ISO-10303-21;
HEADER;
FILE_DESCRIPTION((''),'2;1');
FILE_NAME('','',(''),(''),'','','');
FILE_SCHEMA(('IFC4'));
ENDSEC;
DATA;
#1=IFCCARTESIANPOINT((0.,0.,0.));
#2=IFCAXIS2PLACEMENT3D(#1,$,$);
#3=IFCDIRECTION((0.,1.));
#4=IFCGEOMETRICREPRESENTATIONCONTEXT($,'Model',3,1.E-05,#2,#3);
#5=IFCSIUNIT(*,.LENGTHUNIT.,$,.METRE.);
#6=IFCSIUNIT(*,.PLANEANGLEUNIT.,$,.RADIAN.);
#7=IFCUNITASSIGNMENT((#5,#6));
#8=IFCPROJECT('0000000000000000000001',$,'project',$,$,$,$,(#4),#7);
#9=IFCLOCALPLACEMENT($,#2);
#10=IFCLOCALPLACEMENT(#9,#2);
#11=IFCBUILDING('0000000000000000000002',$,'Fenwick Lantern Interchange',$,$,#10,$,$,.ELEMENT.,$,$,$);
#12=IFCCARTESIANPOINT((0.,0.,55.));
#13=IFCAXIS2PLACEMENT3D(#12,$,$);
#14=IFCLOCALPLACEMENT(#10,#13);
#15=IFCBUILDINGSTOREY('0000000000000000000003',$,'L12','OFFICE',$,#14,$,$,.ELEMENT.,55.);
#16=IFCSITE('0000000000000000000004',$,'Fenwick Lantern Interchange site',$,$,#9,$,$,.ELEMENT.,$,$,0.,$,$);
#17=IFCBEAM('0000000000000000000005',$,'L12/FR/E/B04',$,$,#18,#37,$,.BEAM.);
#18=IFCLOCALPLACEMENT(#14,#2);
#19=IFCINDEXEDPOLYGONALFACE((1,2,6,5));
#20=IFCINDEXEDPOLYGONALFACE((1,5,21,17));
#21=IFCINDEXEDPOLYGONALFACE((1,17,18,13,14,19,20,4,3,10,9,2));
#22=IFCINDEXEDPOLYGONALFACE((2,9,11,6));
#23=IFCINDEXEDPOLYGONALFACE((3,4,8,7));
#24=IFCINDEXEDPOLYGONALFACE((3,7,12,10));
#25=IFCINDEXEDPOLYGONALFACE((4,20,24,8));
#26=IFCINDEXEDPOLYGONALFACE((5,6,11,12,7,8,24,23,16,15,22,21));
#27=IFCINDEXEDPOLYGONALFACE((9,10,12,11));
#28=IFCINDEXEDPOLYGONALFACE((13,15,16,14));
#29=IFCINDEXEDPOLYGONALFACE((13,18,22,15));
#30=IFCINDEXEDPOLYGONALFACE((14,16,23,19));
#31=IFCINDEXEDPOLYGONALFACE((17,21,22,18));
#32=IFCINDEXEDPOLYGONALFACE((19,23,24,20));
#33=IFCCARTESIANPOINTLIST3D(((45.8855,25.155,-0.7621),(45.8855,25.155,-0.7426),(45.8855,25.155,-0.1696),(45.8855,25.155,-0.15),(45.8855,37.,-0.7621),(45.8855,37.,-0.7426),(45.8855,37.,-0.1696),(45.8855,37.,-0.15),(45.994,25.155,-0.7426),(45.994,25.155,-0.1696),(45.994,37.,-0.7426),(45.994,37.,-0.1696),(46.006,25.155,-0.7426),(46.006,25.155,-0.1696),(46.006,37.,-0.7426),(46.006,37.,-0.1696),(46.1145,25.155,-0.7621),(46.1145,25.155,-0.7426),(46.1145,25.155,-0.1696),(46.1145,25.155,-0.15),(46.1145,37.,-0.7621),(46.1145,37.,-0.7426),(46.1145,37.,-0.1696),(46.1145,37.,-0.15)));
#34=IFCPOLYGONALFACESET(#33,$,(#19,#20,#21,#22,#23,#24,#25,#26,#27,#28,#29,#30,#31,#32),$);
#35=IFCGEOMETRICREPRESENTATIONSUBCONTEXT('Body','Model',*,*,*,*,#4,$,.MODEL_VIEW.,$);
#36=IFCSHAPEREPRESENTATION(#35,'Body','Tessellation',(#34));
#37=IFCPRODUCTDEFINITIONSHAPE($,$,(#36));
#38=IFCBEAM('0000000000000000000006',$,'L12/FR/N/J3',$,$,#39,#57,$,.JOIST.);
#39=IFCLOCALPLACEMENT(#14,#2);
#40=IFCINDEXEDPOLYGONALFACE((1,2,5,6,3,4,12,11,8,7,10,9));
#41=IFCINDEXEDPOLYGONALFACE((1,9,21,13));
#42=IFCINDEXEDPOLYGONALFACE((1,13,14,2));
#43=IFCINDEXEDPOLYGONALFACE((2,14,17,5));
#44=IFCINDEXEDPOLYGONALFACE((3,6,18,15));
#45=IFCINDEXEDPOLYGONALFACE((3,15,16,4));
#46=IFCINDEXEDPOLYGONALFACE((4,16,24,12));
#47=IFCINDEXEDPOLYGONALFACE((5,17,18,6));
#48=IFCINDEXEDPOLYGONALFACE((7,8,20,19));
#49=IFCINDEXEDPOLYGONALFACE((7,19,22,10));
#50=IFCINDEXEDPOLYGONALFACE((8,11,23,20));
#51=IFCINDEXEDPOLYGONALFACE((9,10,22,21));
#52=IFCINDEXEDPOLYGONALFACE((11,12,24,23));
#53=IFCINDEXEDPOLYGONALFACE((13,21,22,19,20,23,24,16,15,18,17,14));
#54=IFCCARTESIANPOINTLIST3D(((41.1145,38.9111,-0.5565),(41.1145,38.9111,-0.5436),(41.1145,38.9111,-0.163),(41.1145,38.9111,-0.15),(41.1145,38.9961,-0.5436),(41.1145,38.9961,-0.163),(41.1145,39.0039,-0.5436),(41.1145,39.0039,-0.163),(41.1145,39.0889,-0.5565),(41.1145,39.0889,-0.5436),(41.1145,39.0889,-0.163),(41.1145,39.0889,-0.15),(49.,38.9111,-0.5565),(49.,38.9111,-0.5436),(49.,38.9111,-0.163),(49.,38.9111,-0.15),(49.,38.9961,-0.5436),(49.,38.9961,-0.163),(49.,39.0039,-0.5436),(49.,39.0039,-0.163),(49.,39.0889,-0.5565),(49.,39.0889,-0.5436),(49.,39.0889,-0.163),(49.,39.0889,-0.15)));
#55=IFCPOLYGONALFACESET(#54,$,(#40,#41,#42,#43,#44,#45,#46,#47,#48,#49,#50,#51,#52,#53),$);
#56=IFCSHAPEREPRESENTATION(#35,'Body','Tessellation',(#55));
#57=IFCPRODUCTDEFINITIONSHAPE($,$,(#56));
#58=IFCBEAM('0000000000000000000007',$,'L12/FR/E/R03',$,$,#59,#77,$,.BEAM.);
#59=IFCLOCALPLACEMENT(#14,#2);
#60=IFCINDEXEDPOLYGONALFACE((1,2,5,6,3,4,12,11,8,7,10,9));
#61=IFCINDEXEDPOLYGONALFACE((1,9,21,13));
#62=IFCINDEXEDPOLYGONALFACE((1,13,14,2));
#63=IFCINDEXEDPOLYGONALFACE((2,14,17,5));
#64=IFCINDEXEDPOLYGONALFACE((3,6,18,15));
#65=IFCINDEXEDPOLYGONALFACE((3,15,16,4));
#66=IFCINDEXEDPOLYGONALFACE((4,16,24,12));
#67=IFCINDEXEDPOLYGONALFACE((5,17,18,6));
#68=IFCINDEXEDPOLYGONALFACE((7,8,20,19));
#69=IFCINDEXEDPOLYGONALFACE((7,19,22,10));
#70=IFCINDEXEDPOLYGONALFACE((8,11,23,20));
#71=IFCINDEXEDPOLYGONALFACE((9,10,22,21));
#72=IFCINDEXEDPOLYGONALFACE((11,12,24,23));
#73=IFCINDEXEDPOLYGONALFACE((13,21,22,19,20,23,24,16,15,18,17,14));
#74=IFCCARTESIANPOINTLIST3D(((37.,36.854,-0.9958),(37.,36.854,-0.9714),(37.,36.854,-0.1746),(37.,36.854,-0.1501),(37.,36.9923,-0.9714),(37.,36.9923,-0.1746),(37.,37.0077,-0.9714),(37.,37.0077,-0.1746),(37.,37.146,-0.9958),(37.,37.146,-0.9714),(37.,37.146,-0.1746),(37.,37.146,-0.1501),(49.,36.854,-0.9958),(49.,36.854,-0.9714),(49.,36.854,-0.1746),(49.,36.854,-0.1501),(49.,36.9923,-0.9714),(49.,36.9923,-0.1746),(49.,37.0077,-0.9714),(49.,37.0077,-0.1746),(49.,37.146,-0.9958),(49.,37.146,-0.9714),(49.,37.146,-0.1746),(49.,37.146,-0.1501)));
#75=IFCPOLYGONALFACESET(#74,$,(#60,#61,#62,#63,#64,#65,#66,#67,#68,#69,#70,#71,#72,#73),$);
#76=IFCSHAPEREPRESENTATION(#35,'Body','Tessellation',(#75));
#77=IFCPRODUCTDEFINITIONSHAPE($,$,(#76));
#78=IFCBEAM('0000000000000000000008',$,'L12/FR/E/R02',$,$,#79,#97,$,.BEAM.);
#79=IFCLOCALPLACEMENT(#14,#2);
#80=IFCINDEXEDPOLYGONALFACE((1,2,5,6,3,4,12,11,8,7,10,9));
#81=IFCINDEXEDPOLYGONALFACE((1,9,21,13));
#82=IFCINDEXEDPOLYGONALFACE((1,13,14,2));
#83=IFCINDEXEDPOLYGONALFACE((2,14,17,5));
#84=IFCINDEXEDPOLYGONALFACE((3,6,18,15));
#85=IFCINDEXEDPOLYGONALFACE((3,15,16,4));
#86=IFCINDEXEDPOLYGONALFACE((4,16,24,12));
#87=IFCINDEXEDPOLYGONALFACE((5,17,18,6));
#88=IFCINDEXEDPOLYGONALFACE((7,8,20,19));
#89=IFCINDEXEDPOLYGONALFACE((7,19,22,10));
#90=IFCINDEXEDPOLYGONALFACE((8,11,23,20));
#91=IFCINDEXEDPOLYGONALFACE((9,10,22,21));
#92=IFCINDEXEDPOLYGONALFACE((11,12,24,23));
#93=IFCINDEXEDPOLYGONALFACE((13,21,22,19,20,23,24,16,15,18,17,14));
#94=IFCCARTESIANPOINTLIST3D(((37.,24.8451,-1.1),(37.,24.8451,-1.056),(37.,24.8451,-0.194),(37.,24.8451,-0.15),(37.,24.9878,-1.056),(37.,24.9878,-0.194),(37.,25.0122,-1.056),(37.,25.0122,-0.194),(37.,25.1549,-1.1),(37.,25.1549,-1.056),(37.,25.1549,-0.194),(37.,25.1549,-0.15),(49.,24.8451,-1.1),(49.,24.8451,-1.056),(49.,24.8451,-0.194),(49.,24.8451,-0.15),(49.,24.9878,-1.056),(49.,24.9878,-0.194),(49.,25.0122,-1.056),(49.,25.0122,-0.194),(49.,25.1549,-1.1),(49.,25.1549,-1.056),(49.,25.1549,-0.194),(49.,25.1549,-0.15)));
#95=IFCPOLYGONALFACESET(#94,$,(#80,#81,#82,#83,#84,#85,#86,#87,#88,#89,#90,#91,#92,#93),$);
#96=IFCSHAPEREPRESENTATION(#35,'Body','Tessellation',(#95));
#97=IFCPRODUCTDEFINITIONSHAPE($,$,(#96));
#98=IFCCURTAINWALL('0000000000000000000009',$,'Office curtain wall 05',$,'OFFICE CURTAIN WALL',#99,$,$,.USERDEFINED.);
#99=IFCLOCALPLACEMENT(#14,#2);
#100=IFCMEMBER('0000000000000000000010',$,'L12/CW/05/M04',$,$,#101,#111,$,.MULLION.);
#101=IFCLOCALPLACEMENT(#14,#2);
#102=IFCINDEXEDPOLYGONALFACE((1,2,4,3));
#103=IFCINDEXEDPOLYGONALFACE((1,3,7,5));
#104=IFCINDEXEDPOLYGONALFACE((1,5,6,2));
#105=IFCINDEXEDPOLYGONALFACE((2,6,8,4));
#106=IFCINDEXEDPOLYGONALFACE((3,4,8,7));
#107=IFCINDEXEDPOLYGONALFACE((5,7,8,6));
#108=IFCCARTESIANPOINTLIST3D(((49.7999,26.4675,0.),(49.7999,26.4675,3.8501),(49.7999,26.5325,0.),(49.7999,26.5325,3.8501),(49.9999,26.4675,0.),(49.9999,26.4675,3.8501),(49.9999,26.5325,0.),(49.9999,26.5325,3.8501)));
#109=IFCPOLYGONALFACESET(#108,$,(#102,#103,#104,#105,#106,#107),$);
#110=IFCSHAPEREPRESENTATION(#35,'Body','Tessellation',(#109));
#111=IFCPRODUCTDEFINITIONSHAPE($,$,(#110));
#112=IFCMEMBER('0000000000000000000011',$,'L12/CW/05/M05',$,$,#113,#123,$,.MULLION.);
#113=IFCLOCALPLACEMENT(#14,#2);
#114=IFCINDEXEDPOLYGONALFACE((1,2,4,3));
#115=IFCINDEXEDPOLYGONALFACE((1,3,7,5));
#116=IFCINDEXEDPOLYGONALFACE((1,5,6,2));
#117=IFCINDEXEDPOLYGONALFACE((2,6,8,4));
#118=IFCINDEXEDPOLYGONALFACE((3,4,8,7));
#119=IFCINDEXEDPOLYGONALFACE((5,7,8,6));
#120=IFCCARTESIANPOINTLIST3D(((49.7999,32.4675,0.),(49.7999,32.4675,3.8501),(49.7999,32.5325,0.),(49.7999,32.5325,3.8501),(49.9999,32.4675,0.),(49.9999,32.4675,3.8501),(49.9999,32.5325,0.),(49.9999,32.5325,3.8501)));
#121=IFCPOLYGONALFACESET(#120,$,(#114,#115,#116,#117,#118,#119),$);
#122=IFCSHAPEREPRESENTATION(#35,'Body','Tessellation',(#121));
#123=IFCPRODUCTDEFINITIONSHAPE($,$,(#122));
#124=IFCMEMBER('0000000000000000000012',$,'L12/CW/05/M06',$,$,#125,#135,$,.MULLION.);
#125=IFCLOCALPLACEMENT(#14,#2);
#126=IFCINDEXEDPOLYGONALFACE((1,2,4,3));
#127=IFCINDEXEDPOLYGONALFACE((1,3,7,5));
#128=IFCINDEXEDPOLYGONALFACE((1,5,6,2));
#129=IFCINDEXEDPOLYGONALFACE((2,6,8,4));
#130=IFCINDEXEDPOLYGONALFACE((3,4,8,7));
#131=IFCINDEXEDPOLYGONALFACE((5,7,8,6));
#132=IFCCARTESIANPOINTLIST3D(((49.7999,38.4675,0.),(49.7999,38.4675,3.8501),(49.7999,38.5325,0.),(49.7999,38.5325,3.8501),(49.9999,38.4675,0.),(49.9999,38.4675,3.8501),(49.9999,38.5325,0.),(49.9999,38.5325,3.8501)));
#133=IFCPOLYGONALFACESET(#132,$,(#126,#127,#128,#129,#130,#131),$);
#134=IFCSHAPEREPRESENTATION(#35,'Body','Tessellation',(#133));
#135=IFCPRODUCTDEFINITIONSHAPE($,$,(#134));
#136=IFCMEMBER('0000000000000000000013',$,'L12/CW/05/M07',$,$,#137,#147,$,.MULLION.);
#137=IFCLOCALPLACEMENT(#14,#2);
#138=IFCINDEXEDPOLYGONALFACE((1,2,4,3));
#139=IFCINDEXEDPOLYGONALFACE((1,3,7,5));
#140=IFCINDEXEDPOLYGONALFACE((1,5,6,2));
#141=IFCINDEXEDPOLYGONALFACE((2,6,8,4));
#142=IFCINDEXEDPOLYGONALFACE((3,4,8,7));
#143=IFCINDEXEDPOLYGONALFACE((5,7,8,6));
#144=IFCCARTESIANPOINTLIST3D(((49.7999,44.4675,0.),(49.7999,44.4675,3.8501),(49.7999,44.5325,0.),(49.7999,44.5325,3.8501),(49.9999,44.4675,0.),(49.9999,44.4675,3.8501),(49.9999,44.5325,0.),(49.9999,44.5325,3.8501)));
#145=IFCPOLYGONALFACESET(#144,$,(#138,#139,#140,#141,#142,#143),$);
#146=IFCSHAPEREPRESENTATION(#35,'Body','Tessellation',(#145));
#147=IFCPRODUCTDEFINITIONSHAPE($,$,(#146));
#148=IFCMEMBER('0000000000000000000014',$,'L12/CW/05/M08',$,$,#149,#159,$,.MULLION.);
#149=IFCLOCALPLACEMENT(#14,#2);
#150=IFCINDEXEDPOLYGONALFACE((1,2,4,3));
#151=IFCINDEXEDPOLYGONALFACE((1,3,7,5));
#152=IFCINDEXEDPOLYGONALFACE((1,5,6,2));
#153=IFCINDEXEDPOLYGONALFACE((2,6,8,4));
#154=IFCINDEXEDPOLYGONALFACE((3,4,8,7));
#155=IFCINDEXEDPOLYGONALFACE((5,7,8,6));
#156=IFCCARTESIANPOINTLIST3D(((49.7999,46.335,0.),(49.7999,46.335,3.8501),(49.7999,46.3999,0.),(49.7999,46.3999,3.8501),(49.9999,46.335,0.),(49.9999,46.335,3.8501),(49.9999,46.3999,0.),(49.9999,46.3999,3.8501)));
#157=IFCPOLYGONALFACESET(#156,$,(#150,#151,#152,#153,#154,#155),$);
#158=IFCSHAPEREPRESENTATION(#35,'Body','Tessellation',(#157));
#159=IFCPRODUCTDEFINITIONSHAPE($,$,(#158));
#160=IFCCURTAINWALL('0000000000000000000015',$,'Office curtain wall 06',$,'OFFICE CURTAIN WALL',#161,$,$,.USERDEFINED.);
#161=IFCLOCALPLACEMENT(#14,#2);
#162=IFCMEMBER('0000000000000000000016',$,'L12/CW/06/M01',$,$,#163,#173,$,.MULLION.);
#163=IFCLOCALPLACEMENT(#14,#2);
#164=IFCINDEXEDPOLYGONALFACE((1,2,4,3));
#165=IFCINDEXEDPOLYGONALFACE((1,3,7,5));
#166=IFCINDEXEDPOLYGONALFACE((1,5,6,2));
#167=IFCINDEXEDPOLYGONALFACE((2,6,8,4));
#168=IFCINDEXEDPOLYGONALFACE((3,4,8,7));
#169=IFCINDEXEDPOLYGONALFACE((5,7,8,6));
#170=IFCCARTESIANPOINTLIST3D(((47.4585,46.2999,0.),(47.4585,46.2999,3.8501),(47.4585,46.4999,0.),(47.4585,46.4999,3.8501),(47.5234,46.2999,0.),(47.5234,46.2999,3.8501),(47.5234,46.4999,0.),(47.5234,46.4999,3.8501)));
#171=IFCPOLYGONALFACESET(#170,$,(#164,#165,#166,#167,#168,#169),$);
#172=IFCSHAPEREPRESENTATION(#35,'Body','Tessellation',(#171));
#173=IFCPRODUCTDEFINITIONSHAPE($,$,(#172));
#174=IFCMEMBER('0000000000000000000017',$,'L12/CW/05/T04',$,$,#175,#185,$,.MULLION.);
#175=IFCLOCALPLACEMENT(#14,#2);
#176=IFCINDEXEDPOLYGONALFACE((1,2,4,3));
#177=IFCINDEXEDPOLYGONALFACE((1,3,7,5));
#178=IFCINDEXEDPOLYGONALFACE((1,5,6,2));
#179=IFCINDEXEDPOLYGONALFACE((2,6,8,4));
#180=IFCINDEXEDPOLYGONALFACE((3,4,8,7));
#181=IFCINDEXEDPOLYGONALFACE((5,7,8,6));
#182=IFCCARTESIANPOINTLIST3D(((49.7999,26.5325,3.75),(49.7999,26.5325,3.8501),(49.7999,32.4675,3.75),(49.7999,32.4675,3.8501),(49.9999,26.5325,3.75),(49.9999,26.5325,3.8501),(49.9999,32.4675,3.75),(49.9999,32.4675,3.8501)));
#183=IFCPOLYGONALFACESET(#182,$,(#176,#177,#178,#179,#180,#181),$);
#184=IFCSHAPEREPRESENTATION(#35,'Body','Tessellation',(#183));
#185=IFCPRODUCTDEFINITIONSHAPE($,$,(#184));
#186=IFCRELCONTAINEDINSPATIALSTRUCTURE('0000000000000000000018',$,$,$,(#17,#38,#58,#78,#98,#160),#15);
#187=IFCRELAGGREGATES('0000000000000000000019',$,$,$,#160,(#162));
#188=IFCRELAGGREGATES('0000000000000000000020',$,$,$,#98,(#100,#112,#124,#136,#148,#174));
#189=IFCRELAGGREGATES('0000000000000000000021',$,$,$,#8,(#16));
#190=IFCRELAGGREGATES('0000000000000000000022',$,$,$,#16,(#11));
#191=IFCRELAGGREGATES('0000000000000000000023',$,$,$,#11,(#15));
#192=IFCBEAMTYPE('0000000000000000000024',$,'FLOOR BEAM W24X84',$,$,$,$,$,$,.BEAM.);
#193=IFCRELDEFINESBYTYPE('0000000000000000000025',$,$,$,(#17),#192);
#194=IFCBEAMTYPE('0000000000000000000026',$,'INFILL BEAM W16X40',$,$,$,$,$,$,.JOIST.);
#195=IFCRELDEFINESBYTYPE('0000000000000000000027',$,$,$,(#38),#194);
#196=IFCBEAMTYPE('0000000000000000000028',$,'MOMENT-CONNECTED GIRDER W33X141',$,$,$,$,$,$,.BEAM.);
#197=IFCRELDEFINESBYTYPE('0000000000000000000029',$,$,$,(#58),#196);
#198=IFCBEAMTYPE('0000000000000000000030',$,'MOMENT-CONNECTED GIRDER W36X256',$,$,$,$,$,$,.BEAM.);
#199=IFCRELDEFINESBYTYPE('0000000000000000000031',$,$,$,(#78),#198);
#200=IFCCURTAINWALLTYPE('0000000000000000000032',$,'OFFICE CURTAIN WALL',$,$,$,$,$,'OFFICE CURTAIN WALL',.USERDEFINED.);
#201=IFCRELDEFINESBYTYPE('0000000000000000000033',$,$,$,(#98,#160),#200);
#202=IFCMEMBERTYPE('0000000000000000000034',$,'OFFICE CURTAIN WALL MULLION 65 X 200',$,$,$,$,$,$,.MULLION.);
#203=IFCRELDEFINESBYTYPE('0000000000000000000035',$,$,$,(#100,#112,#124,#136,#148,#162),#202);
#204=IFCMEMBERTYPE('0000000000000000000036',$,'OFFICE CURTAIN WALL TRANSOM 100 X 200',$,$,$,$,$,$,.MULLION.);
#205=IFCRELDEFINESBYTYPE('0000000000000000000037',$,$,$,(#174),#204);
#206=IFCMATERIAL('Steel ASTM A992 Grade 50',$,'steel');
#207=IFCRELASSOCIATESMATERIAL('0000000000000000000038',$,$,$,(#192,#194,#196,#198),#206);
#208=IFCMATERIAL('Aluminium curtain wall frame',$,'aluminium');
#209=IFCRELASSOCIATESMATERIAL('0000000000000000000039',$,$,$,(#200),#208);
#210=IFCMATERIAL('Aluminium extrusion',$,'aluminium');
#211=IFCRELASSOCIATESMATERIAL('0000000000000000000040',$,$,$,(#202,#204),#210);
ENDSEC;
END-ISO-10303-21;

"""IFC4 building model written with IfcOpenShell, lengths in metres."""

from ifc_helpers import new_model, si_unit, direction, frame, origin, origin_2d, place, context, subcontext, project, spatial, rectangle, i_section, extrude, material, material_profile, profile_set, type_object, element, aggregate, save


model = new_model("IFC4")

# Units and contexts
model_context = context("Model", 3, precision=1e-05, world=origin(), true_north=direction((0.0, 1.0)))
body_context = subcontext(model_context, "Body", "Model", "MODEL_VIEW")
ifc_project = project(units=[si_unit("LENGTHUNIT", "METRE"), si_unit("PLANEANGLEUNIT", "RADIAN")], contexts=[model_context])

# Site, building, storey
site_placement = place(None, origin())
site = spatial("IfcSite", under=ifc_project, at=site_placement, Name="Fenwick Lantern Interchange site", CompositionType="ELEMENT", RefElevation=0.0)
building_placement = place(site_placement, origin())
building = spatial("IfcBuilding", under=site, at=building_placement, Name="Fenwick Lantern Interchange", CompositionType="ELEMENT")
storey_placement = place(building_placement, frame((0.0, 0.0, 55.0)))
storey = spatial("IfcBuildingStorey", under=building, at=storey_placement, Name="L12", Description="OFFICE", CompositionType="ELEMENT", Elevation=55.0)

# Shared definitions
ifc_material_1 = material(Name="Steel ASTM A992 Grade 50", Category="steel")

# Beams
ifc_material_profile_1 = material_profile(ifc_material_1, i_section(OverallWidth=0.229, OverallDepth=0.6121, WebThickness=0.012, FlangeThickness=0.0195, at=origin_2d()), Name="W24X84")
ifc_profile_set_1 = profile_set([ifc_material_profile_1], Name="Steel ASTM A992 Grade 50")
beam_type_1 = type_object("IfcBeamType", Name="FLOOR BEAM W24X84", PredefinedType="BEAM", material=ifc_profile_set_1)
beam_1_placement = place(storey_placement, frame((46.0, 25.155, -0.4561), z_axis=(0.0, 1.0, 0.0), x_axis=(-1.0, 0.0, 0.0)))
element("IfcBeam", 1, at=beam_1_placement, inside=storey, type_object=beam_type_1, Name="L12/FR/E/B04", PredefinedType="BEAM", context=body_context, shape_type="SweptSolid", body=[
    extrude(i_section(OverallWidth=0.229, OverallDepth=0.6121, WebThickness=0.012, FlangeThickness=0.0195, at=origin_2d()), origin(), (0.0, 0.0, 1.0), 11.845),
])
ifc_material_profile_2 = material_profile(ifc_material_1, i_section(OverallWidth=0.1777, OverallDepth=0.4065, WebThickness=0.0078, FlangeThickness=0.0129, at=origin_2d()), Name="W16X40")
ifc_profile_set_2 = profile_set([ifc_material_profile_2], Name="Steel ASTM A992 Grade 50")
beam_type_2 = type_object("IfcBeamType", Name="INFILL BEAM W16X40", PredefinedType="JOIST", material=ifc_profile_set_2)
beam_2_placement = place(storey_placement, frame((49.0, 39.0, -0.3533), z_axis=(-1.0, 0.0, 0.0), x_axis=(0.0, -1.0, 0.0)))
element("IfcBeam", 2, at=beam_2_placement, inside=storey, type_object=beam_type_2, Name="L12/FR/N/J3", PredefinedType="JOIST", context=body_context, shape_type="SweptSolid", body=[
    extrude(i_section(OverallWidth=0.1777, OverallDepth=0.4065, WebThickness=0.0078, FlangeThickness=0.0129, at=origin_2d()), origin(), (0.0, 0.0, 1.0), 7.8855),
])
ifc_material_profile_3 = material_profile(ifc_material_1, i_section(OverallWidth=0.292, OverallDepth=0.8457, WebThickness=0.0154, FlangeThickness=0.0244, at=origin_2d()), Name="W33X141")
ifc_profile_set_3 = profile_set([ifc_material_profile_3], Name="Steel ASTM A992 Grade 50")
beam_type_3 = type_object("IfcBeamType", Name="MOMENT-CONNECTED GIRDER W33X141", PredefinedType="BEAM", material=ifc_profile_set_3)
beam_3_placement = place(storey_placement, frame((49.0, 37.0, -0.573), z_axis=(-1.0, 0.0, 0.0), x_axis=(0.0, -1.0, 0.0)))
element("IfcBeam", 3, at=beam_3_placement, inside=storey, type_object=beam_type_3, Name="L12/FR/E/R03", PredefinedType="BEAM", context=body_context, shape_type="SweptSolid", body=[
    extrude(i_section(OverallWidth=0.292, OverallDepth=0.8457, WebThickness=0.0154, FlangeThickness=0.0244, at=origin_2d()), origin(), (0.0, 0.0, 1.0), 12.0),
])
ifc_material_profile_4 = material_profile(ifc_material_1, i_section(OverallWidth=0.3098, OverallDepth=0.95, WebThickness=0.0244, FlangeThickness=0.0439, at=origin_2d()), Name="W36X256")
ifc_profile_set_4 = profile_set([ifc_material_profile_4], Name="Steel ASTM A992 Grade 50")
beam_type_4 = type_object("IfcBeamType", Name="MOMENT-CONNECTED GIRDER W36X256", PredefinedType="BEAM", material=ifc_profile_set_4)
beam_4_placement = place(storey_placement, frame((49.0, 25.0, -0.625), z_axis=(-1.0, 0.0, 0.0), x_axis=(0.0, -1.0, 0.0)))
element("IfcBeam", 4, at=beam_4_placement, inside=storey, type_object=beam_type_4, Name="L12/FR/E/R02", PredefinedType="BEAM", context=body_context, shape_type="SweptSolid", body=[
    extrude(i_section(OverallWidth=0.3098, OverallDepth=0.95, WebThickness=0.0244, FlangeThickness=0.0439, at=origin_2d()), origin(), (0.0, 0.0, 1.0), 12.0),
])

# Curtain wall, members
ifc_material_2 = material(Name="Aluminium curtain wall frame", Category="aluminium")
curtain_wall_type = type_object("IfcCurtainWallType", Name="OFFICE CURTAIN WALL", ElementType="OFFICE CURTAIN WALL", PredefinedType="USERDEFINED", material=ifc_material_2)
curtain_wall_1_placement = place(storey_placement, origin())
curtain_wall_1 = element("IfcCurtainWall", 5, at=curtain_wall_1_placement, inside=storey, type_object=curtain_wall_type, Name="Office curtain wall 05", ObjectType="OFFICE CURTAIN WALL", PredefinedType="USERDEFINED")
ifc_material_3 = material(Name="Aluminium extrusion", Category="aluminium")
ifc_material_profile_5 = material_profile(ifc_material_3, rectangle(XDim=0.2, YDim=0.0649, at=origin_2d()), Name="OFFICE CURTAIN WALL MULLION 65 X 200")
ifc_profile_set_5 = profile_set([ifc_material_profile_5], Name="Aluminium extrusion")
member_type_1 = type_object("IfcMemberType", Name="OFFICE CURTAIN WALL MULLION 65 X 200", PredefinedType="MULLION", material=ifc_profile_set_5)
member_1_placement = place(storey_placement, frame((49.8999, 26.5, 0.0), z_axis=(0.0, 0.0, 1.0), x_axis=(-1.0, 0.0, 0.0)))
member_1 = element("IfcMember", 6, at=member_1_placement, type_object=member_type_1, Name="L12/CW/05/M04", PredefinedType="MULLION", context=body_context, shape_type="SweptSolid", body=[
    extrude(rectangle(XDim=0.2, YDim=0.0649, at=origin_2d()), origin(), (0.0, 0.0, 1.0), 3.8501),
])
member_2_placement = place(storey_placement, frame((49.8999, 32.5, 0.0), z_axis=(0.0, 0.0, 1.0), x_axis=(-1.0, 0.0, 0.0)))
member_2 = element("IfcMember", 7, at=member_2_placement, type_object=member_type_1, Name="L12/CW/05/M05", PredefinedType="MULLION", context=body_context, shape_type="SweptSolid", body=[
    extrude(rectangle(XDim=0.2, YDim=0.0649, at=origin_2d()), origin(), (0.0, 0.0, 1.0), 3.8501),
])
member_3_placement = place(storey_placement, frame((49.8999, 38.5, 0.0), z_axis=(0.0, 0.0, 1.0), x_axis=(-1.0, 0.0, 0.0)))
member_3 = element("IfcMember", 8, at=member_3_placement, type_object=member_type_1, Name="L12/CW/05/M06", PredefinedType="MULLION", context=body_context, shape_type="SweptSolid", body=[
    extrude(rectangle(XDim=0.2, YDim=0.0649, at=origin_2d()), origin(), (0.0, 0.0, 1.0), 3.8501),
])
member_4_placement = place(storey_placement, frame((49.8999, 44.5, 0.0), z_axis=(0.0, 0.0, 1.0), x_axis=(-1.0, 0.0, 0.0)))
member_4 = element("IfcMember", 9, at=member_4_placement, type_object=member_type_1, Name="L12/CW/05/M07", PredefinedType="MULLION", context=body_context, shape_type="SweptSolid", body=[
    extrude(rectangle(XDim=0.2, YDim=0.0649, at=origin_2d()), origin(), (0.0, 0.0, 1.0), 3.8501),
])
member_5_placement = place(storey_placement, frame((49.8999, 46.3674, 0.0), z_axis=(0.0, 0.0, 1.0), x_axis=(-1.0, 0.0, 0.0)))
member_5 = element("IfcMember", 10, at=member_5_placement, type_object=member_type_1, Name="L12/CW/05/M08", PredefinedType="MULLION", context=body_context, shape_type="SweptSolid", body=[
    extrude(rectangle(XDim=0.2, YDim=0.0649, at=origin_2d()), origin(), (0.0, 0.0, 1.0), 3.8501),
])

# Curtain wall, member
curtain_wall_2_placement = place(storey_placement, origin())
curtain_wall_2 = element("IfcCurtainWall", 11, at=curtain_wall_2_placement, inside=storey, type_object=curtain_wall_type, Name="Office curtain wall 06", ObjectType="OFFICE CURTAIN WALL", PredefinedType="USERDEFINED")
member_6_placement = place(storey_placement, frame((47.491, 46.3999, 0.0), z_axis=(0.0, 0.0, 1.0), x_axis=(0.0, -1.0, 0.0)))
member_6 = element("IfcMember", 12, at=member_6_placement, type_object=member_type_1, Name="L12/CW/06/M01", PredefinedType="MULLION", context=body_context, shape_type="SweptSolid", body=[
    extrude(rectangle(XDim=0.2, YDim=0.0649, at=origin_2d()), origin(), (0.0, 0.0, 1.0), 3.8501),
])
aggregate(curtain_wall_2, [member_6])

# Member
ifc_material_profile_6 = material_profile(ifc_material_3, rectangle(XDim=0.2, YDim=0.1001, at=origin_2d()), Name="OFFICE CURTAIN WALL TRANSOM 100 X 200")
ifc_profile_set_6 = profile_set([ifc_material_profile_6], Name="Aluminium extrusion")
member_type_2 = type_object("IfcMemberType", Name="OFFICE CURTAIN WALL TRANSOM 100 X 200", PredefinedType="MULLION", material=ifc_profile_set_6)
member_7_placement = place(storey_placement, frame((49.8999, 26.5325, 3.8), z_axis=(0.0, 1.0, 0.0), x_axis=(-1.0, 0.0, 0.0)))
member_7 = element("IfcMember", 13, at=member_7_placement, type_object=member_type_2, Name="L12/CW/05/T04", PredefinedType="MULLION", context=body_context, shape_type="SweptSolid", body=[
    extrude(rectangle(XDim=0.2, YDim=0.1001, at=origin_2d()), origin(), (0.0, 0.0, 1.0), 5.9351),
])

aggregate(curtain_wall_1, [member_1, member_2, member_3, member_4, member_5, member_7])

save(model, "model.ifc")
